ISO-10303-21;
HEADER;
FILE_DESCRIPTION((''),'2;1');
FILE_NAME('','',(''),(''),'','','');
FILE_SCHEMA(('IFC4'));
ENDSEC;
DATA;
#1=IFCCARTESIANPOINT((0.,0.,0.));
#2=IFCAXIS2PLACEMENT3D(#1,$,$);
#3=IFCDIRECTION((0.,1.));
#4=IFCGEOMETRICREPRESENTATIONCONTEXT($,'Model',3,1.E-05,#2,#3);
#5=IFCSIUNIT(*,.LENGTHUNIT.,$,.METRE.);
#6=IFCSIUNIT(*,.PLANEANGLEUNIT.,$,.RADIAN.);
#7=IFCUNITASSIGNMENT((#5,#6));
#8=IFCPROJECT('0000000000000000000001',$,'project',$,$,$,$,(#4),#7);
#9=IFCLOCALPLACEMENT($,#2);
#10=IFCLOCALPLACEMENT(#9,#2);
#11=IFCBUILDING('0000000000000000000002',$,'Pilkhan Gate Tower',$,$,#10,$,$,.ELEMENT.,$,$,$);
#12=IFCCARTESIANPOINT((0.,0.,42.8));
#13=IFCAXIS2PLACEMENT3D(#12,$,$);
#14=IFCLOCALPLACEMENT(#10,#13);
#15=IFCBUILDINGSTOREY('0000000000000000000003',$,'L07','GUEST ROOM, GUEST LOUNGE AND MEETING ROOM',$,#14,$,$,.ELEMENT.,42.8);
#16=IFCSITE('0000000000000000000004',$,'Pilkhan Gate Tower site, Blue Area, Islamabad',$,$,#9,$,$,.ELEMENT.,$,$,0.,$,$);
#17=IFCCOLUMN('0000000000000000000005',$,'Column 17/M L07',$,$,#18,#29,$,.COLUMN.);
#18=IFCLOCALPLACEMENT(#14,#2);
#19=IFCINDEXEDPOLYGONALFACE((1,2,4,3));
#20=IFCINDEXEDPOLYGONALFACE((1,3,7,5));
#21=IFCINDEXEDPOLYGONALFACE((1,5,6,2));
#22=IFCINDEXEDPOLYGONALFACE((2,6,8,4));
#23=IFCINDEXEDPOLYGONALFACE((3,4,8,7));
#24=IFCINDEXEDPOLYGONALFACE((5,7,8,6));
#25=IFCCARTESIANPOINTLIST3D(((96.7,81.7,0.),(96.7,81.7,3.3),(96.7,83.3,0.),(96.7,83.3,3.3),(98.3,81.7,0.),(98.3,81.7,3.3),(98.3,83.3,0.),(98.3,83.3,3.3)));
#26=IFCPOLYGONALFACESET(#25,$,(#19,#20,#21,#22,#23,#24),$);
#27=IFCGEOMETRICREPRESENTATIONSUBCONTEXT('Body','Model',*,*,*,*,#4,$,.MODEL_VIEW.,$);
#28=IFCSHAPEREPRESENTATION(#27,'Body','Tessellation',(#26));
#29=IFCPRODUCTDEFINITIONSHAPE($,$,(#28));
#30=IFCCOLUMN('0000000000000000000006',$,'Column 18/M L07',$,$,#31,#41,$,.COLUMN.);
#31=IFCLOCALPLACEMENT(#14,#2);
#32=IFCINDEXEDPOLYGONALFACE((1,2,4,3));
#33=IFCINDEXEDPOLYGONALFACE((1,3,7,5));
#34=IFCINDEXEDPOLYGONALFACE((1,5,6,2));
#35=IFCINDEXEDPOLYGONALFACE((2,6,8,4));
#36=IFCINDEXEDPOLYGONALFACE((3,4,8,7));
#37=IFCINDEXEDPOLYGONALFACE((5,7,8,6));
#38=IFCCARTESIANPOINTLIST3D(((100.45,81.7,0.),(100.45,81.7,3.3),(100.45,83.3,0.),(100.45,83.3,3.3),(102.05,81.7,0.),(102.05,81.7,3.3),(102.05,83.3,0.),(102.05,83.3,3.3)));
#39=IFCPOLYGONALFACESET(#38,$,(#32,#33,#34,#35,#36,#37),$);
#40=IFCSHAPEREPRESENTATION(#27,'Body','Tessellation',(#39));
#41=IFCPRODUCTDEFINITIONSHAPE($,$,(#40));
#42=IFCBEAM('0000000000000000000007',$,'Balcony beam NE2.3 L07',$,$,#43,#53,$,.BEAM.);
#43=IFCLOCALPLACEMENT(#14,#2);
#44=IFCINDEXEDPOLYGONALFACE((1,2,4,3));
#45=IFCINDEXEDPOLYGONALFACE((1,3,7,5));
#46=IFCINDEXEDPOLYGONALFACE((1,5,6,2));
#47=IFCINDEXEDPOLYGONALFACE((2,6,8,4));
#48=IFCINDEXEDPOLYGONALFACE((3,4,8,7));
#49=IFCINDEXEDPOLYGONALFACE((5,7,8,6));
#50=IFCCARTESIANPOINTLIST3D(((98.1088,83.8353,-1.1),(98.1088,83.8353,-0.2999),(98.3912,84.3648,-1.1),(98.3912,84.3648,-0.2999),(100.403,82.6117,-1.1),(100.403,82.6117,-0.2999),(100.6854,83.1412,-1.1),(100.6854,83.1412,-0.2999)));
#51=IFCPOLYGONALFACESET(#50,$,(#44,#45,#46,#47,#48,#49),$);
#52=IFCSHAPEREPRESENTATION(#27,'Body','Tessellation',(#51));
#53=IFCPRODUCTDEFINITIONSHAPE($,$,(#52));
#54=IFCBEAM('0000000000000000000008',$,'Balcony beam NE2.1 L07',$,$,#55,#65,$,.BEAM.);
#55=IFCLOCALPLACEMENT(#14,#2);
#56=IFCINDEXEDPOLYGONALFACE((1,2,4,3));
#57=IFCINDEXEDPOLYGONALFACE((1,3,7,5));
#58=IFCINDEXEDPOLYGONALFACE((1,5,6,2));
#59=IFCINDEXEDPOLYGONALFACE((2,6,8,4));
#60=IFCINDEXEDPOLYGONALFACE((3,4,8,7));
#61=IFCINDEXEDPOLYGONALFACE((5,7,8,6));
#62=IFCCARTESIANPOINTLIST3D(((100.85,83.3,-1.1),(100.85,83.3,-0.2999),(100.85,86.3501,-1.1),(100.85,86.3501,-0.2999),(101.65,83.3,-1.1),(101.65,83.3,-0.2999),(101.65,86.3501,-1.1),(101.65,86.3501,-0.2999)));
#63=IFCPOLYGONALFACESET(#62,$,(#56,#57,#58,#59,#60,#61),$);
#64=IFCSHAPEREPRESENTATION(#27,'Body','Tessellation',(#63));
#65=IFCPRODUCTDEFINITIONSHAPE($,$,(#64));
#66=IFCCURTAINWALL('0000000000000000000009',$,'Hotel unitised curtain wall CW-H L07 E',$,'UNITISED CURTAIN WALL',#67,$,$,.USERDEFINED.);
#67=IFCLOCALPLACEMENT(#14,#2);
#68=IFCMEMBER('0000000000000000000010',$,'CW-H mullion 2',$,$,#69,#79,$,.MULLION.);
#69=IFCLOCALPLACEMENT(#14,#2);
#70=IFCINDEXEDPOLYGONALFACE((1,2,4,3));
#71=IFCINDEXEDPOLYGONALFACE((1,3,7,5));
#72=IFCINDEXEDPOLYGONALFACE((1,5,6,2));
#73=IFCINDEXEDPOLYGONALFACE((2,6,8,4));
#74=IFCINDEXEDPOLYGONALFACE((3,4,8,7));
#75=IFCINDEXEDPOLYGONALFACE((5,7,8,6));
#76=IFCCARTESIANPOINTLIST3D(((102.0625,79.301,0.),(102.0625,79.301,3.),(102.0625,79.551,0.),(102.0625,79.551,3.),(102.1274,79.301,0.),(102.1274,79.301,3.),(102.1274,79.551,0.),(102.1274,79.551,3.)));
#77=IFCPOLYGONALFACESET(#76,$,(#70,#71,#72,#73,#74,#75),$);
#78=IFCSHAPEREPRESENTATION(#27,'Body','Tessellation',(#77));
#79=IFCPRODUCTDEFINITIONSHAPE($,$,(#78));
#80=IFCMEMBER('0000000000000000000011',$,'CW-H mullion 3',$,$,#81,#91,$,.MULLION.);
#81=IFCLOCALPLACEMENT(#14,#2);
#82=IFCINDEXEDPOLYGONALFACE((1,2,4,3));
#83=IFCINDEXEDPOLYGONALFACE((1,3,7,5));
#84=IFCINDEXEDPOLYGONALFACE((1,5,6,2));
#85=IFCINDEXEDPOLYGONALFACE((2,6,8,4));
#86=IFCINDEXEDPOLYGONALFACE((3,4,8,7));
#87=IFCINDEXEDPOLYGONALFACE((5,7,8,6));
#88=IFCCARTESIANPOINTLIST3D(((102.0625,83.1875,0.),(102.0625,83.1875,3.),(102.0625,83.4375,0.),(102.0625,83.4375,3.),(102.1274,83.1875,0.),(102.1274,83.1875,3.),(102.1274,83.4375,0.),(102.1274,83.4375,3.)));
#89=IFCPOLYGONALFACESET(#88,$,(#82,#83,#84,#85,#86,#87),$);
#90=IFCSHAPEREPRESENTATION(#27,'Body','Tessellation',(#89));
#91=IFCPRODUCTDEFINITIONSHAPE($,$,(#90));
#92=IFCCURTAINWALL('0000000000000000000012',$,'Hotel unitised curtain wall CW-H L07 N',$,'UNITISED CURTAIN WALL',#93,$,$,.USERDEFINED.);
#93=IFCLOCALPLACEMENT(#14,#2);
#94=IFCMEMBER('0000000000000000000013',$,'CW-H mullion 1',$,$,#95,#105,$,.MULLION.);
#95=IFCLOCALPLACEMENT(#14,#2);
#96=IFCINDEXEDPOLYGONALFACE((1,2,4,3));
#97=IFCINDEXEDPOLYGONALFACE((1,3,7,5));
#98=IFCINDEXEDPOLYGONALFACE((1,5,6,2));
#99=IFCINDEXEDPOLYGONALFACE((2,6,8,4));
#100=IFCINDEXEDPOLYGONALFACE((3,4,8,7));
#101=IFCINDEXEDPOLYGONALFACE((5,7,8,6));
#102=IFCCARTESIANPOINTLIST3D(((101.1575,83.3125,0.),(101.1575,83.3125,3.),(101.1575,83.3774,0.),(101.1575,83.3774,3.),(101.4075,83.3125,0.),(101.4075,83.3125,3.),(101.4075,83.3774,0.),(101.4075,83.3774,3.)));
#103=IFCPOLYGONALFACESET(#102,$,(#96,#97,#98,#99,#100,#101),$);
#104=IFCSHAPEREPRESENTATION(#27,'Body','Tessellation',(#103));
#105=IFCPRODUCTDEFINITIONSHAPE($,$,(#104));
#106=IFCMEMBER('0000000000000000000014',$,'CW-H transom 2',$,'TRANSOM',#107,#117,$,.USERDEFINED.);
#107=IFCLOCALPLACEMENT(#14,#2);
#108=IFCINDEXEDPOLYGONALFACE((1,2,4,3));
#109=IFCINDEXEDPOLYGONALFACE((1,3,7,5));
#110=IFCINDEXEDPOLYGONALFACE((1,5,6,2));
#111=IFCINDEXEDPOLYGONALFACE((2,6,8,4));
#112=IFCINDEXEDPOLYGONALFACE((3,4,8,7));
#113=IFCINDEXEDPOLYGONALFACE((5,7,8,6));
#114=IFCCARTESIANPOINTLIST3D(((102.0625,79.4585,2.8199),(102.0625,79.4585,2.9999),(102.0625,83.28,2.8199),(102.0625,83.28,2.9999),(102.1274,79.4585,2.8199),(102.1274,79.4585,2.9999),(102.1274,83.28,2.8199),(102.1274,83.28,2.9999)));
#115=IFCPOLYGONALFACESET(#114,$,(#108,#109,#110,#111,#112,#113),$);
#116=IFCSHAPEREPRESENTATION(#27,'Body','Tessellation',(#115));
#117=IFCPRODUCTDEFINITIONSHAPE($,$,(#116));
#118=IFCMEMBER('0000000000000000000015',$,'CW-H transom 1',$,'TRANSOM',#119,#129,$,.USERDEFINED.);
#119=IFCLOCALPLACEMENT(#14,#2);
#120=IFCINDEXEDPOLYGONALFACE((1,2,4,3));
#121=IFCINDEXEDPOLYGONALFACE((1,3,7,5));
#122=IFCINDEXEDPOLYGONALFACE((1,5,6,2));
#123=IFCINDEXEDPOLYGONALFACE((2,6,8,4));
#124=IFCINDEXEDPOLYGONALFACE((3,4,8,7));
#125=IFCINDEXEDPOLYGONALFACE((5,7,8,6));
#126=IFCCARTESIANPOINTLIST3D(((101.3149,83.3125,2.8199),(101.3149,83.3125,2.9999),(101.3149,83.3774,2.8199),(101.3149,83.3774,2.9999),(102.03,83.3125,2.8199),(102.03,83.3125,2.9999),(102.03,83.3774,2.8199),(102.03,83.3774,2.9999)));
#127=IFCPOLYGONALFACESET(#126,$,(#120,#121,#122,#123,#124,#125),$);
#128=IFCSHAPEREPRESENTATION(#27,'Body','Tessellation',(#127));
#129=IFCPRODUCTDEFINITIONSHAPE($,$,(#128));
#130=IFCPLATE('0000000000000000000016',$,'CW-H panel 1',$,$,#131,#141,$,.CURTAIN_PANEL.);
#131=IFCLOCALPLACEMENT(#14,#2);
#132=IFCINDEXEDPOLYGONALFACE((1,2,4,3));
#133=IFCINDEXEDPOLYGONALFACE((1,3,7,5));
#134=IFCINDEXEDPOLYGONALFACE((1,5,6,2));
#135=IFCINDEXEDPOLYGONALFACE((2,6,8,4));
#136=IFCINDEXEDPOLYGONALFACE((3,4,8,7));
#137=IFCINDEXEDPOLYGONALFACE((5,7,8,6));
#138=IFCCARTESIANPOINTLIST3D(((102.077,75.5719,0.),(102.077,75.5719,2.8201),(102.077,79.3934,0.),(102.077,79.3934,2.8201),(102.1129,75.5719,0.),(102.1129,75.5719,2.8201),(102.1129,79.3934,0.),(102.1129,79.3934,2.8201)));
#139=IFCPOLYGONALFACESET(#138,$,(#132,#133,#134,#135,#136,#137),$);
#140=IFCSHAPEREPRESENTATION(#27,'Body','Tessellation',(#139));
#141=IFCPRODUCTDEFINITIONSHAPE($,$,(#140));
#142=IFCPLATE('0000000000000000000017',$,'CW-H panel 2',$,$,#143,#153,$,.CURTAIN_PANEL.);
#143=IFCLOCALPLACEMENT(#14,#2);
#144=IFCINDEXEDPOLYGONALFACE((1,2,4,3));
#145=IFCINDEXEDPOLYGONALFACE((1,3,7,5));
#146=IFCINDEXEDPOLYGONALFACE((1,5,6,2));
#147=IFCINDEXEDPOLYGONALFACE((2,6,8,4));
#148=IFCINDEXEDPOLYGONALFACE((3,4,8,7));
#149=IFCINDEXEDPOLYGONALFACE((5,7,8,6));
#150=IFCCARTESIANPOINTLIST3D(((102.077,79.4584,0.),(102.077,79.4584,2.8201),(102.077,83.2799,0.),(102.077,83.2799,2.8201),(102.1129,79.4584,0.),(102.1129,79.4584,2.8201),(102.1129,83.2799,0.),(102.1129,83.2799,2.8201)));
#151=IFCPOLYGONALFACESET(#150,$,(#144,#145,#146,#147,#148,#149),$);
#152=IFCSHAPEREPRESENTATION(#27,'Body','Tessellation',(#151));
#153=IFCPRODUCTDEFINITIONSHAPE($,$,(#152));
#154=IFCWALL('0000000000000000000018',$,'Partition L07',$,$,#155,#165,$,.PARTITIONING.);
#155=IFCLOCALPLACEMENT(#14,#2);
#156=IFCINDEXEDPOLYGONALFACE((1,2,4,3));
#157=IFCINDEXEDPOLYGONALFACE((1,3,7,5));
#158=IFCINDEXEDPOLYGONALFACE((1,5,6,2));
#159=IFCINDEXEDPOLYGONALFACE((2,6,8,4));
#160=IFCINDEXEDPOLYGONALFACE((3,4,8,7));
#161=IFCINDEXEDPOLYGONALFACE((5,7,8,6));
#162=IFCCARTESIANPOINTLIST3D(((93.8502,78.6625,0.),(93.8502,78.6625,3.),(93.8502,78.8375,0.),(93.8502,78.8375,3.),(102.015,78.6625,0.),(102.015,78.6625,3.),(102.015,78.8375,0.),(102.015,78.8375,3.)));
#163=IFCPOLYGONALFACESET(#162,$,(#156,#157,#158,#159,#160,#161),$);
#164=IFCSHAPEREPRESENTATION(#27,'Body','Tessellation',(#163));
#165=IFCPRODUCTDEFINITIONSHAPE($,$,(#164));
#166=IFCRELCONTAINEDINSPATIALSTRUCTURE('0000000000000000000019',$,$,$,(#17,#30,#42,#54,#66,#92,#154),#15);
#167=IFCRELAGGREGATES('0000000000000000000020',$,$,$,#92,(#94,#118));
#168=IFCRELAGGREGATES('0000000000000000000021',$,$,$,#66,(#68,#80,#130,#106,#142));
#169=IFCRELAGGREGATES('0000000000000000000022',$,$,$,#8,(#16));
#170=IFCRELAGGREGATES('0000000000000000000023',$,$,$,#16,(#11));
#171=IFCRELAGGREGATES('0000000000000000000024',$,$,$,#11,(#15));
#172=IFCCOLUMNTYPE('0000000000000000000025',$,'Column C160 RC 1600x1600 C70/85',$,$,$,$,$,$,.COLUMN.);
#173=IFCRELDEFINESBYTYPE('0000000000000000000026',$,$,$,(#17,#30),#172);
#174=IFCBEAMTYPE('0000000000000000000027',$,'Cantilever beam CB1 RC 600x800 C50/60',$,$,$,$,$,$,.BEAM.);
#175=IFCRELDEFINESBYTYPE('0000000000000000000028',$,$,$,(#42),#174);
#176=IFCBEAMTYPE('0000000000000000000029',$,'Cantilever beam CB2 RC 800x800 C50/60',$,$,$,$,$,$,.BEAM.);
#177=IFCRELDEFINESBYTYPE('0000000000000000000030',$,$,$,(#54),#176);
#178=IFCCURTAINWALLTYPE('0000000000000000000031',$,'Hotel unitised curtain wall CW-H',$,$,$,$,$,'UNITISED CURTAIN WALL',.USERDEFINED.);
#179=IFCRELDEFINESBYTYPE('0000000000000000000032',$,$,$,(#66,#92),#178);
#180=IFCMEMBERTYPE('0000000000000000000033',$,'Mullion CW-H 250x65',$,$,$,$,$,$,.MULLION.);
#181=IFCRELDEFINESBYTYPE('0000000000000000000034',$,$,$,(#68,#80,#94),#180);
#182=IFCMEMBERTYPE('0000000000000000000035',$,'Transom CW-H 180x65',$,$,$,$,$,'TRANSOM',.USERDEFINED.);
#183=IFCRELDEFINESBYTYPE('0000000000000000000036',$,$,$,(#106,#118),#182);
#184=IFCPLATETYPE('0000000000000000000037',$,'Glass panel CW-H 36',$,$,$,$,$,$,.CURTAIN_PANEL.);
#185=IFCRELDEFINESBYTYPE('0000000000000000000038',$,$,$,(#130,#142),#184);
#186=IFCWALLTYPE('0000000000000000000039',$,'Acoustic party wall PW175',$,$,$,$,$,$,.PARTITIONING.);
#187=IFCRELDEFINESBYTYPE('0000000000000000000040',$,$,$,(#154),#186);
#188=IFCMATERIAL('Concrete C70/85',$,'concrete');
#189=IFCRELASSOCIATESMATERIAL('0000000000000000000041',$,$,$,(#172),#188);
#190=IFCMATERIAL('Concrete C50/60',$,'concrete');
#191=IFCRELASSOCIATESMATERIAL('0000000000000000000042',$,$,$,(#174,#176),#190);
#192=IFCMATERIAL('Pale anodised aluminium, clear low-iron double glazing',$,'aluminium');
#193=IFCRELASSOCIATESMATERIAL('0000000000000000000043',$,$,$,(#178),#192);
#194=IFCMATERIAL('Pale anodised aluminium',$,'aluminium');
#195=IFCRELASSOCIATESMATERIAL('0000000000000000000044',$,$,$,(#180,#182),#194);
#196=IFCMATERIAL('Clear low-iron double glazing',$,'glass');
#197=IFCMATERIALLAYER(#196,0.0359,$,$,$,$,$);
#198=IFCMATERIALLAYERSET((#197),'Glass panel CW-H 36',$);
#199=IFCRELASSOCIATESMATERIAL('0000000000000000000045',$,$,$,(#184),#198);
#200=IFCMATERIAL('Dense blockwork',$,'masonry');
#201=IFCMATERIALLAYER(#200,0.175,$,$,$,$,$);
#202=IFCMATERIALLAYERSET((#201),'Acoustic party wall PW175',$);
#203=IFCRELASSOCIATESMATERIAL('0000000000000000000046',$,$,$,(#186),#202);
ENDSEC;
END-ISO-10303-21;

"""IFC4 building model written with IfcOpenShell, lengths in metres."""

from ifc_helpers import new_model, si_unit, direction, frame, frame_2d, origin, origin_2d, place, context, subcontext, project, spatial, rectangle, extrude, material, layer, layer_set, material_profile, profile_set, type_object, element, aggregate, save


model = new_model("IFC4")

# Units and contexts
model_context = context("Model", 3, precision=1e-05, world=origin(), true_north=direction((0.0, 1.0)))
body_context = subcontext(model_context, "Body", "Model", "MODEL_VIEW")
ifc_project = project(units=[si_unit("LENGTHUNIT", "METRE"), si_unit("PLANEANGLEUNIT", "RADIAN")], contexts=[model_context])

# Site, building, storey
site_placement = place(None, origin())
site = spatial("IfcSite", under=ifc_project, at=site_placement, Name="Pilkhan Gate Tower site, Blue Area, Islamabad", CompositionType="ELEMENT", RefElevation=0.0)
building_placement = place(site_placement, origin())
building = spatial("IfcBuilding", under=site, at=building_placement, Name="Pilkhan Gate Tower", CompositionType="ELEMENT")
storey_placement = place(building_placement, frame((0.0, 0.0, 42.8)))
storey = spatial("IfcBuildingStorey", under=building, at=storey_placement, Name="L07", Description="GUEST ROOM, GUEST LOUNGE AND MEETING ROOM", CompositionType="ELEMENT", Elevation=42.8)

# Columns
ifc_material_1 = material(Name="Concrete C70/85", Category="concrete")
ifc_material_profile_1 = material_profile(ifc_material_1, rectangle(XDim=1.6001, YDim=1.6001, at=origin_2d()), Name="RC 1600x1600")
ifc_profile_set_1 = profile_set([ifc_material_profile_1], Name="Concrete C70/85")
column_type = type_object("IfcColumnType", Name="Column C160 RC 1600x1600 C70/85", PredefinedType="COLUMN", material=ifc_profile_set_1)
for number, where, z_axis, x_axis, name in (
    (1, (97.5, 82.5, 0.0), (0.0, 0.0, 1.0), (1.0, 0.0, 0.0), "Column 17/M L07"),
    (2, (101.25, 82.5, 0.0), (0.0, 0.0, 1.0), (1.0, 0.0, 0.0), "Column 18/M L07"),
):
    element("IfcColumn", number, at=place(storey_placement, frame(where, z_axis=z_axis, x_axis=x_axis)), inside=storey, type_object=column_type, Name=name, PredefinedType="COLUMN", context=body_context, shape_type="SweptSolid", body=[
        extrude(rectangle(XDim=1.6001, YDim=1.6001, at=origin_2d()), origin(), (0.0, 0.0, 1.0), 3.3),
    ])

# Beams
ifc_material_2 = material(Name="Concrete C50/60", Category="concrete")
ifc_material_profile_2 = material_profile(ifc_material_2, rectangle(XDim=0.6001, YDim=0.8, at=origin_2d()), Name="RC 600x800")
ifc_profile_set_2 = profile_set([ifc_material_profile_2], Name="Concrete C50/60")
beam_type_1 = type_object("IfcBeamType", Name="Cantilever beam CB1 RC 600x800 C50/60", PredefinedType="BEAM", material=ifc_profile_set_2)
beam_1_placement = place(storey_placement, frame((100.5442, 82.8765, -0.7), z_axis=(-0.882343, 0.470608, 0.0), x_axis=(-0.470608, -0.882343, 0.0)))
element("IfcBeam", 3, at=beam_1_placement, inside=storey, type_object=beam_type_1, Name="Balcony beam NE2.3 L07", PredefinedType="BEAM", context=body_context, shape_type="SweptSolid", body=[
    extrude(rectangle(XDim=0.6001, YDim=0.8, at=origin_2d()), origin(), (0.0, 0.0, 1.0), 2.6001),
])
ifc_material_profile_3 = material_profile(ifc_material_2, rectangle(XDim=0.8, YDim=0.8, at=origin_2d()), Name="RC 800x800")
ifc_profile_set_3 = profile_set([ifc_material_profile_3], Name="Concrete C50/60")
beam_type_2 = type_object("IfcBeamType", Name="Cantilever beam CB2 RC 800x800 C50/60", PredefinedType="BEAM", material=ifc_profile_set_3)
beam_2_placement = place(storey_placement, frame((101.25, 83.3, -0.7), z_axis=(0.0, 1.0, 0.0), x_axis=(-1.0, 0.0, 0.0)))
element("IfcBeam", 4, at=beam_2_placement, inside=storey, type_object=beam_type_2, Name="Balcony beam NE2.1 L07", PredefinedType="BEAM", context=body_context, shape_type="SweptSolid", body=[
    extrude(rectangle(XDim=0.8, YDim=0.8, at=origin_2d()), origin(), (0.0, 0.0, 1.0), 3.05),
])

# Curtain wall, members
ifc_material_3 = material(Name="Pale anodised aluminium, clear low-iron double glazing", Category="aluminium")
curtain_wall_type = type_object("IfcCurtainWallType", Name="Hotel unitised curtain wall CW-H", ElementType="UNITISED CURTAIN WALL", PredefinedType="USERDEFINED", material=ifc_material_3)
curtain_wall_1_placement = place(storey_placement, origin())
curtain_wall_1 = element("IfcCurtainWall", 5, at=curtain_wall_1_placement, inside=storey, type_object=curtain_wall_type, Name="Hotel unitised curtain wall CW-H L07 E", ObjectType="UNITISED CURTAIN WALL", PredefinedType="USERDEFINED")
ifc_material_4 = material(Name="Pale anodised aluminium", Category="aluminium")
ifc_material_profile_4 = material_profile(ifc_material_4, rectangle(XDim=0.0649, YDim=0.25, at=origin_2d()), Name="Mullion 250x65")
ifc_profile_set_4 = profile_set([ifc_material_profile_4], Name="Pale anodised aluminium")
member_type_1 = type_object("IfcMemberType", Name="Mullion CW-H 250x65", PredefinedType="MULLION", material=ifc_profile_set_4)
member_1_placement = place(storey_placement, frame((102.095, 79.426, 0.0), z_axis=(0.0, 0.0, 1.0), x_axis=(-1.0, 0.0, 0.0)))
member_1 = element("IfcMember", 6, at=member_1_placement, type_object=member_type_1, Name="CW-H mullion 2", PredefinedType="MULLION", context=body_context, shape_type="SweptSolid", body=[
    extrude(rectangle(XDim=0.0649, YDim=0.25, at=origin_2d()), origin(), (0.0, 0.0, 1.0), 3.0),
])
member_2_placement = place(storey_placement, frame((102.095, 83.3125, 0.0), z_axis=(0.0, 0.0, 1.0), x_axis=(-1.0, 0.0, 0.0)))
member_2 = element("IfcMember", 7, at=member_2_placement, type_object=member_type_1, Name="CW-H mullion 3", PredefinedType="MULLION", context=body_context, shape_type="SweptSolid", body=[
    extrude(rectangle(XDim=0.0649, YDim=0.25, at=origin_2d()), origin(), (0.0, 0.0, 1.0), 3.0),
])

# Curtain wall, member
curtain_wall_2_placement = place(storey_placement, origin())
curtain_wall_2 = element("IfcCurtainWall", 8, at=curtain_wall_2_placement, inside=storey, type_object=curtain_wall_type, Name="Hotel unitised curtain wall CW-H L07 N", ObjectType="UNITISED CURTAIN WALL", PredefinedType="USERDEFINED")
member_3_placement = place(storey_placement, frame((101.2825, 83.345, 0.0), z_axis=(0.0, 0.0, 1.0), x_axis=(0.0, 1.0, 0.0)))
member_3 = element("IfcMember", 9, at=member_3_placement, type_object=member_type_1, Name="CW-H mullion 1", PredefinedType="MULLION", context=body_context, shape_type="SweptSolid", body=[
    extrude(rectangle(XDim=0.0649, YDim=0.25, at=origin_2d()), origin(), (0.0, 0.0, 1.0), 3.0),
])

# Members
ifc_material_profile_5 = material_profile(ifc_material_4, rectangle(XDim=0.0649, YDim=0.1799, at=origin_2d()), Name="Transom 180x65")
ifc_profile_set_5 = profile_set([ifc_material_profile_5], Name="Pale anodised aluminium")
member_type_2 = type_object("IfcMemberType", Name="Transom CW-H 180x65", ElementType="TRANSOM", PredefinedType="USERDEFINED", material=ifc_profile_set_5)
member_4_placement = place(storey_placement, frame((102.095, 79.4585, 2.9099), z_axis=(0.0, 1.0, 0.0), x_axis=(-1.0, 0.0, 0.0)))
member_4 = element("IfcMember", 10, at=member_4_placement, type_object=member_type_2, Name="CW-H transom 2", ObjectType="TRANSOM", PredefinedType="USERDEFINED", context=body_context, shape_type="SweptSolid", body=[
    extrude(rectangle(XDim=0.0649, YDim=0.1799, at=origin_2d()), origin(), (0.0, 0.0, 1.0), 3.8215),
])
member_5_placement = place(storey_placement, frame((101.3149, 83.345, 2.9099), z_axis=(1.0, 0.0, 0.0), x_axis=(0.0, 1.0, 0.0)))
member_5 = element("IfcMember", 11, at=member_5_placement, type_object=member_type_2, Name="CW-H transom 1", ObjectType="TRANSOM", PredefinedType="USERDEFINED", context=body_context, shape_type="SweptSolid", body=[
    extrude(rectangle(XDim=0.0649, YDim=0.1799, at=origin_2d()), origin(), (0.0, 0.0, 1.0), 0.7151),
])
aggregate(curtain_wall_2, [member_3, member_5])

# Plates
ifc_material_5 = material(Name="Clear low-iron double glazing", Category="glass")
ifc_layer_1 = layer(ifc_material_5, 0.0359)
ifc_layer_set_1 = layer_set([ifc_layer_1], Name="Glass panel CW-H 36")
plate_type = type_object("IfcPlateType", Name="Glass panel CW-H 36", PredefinedType="CURTAIN_PANEL", material=ifc_layer_set_1)
plate_1_placement = place(storey_placement, frame((102.095, 77.4827, 0.0), z_axis=(0.0, 0.0, 1.0), x_axis=(0.0, 1.0, 0.0)))
plate_1 = element("IfcPlate", 12, at=plate_1_placement, type_object=plate_type, Name="CW-H panel 1", PredefinedType="CURTAIN_PANEL", context=body_context, shape_type="SweptSolid", body=[
    extrude(rectangle(XDim=3.8215, YDim=0.0359, at=origin_2d()), origin(), (0.0, 0.0, 1.0), 2.8201),
])
plate_2_placement = place(storey_placement, frame((102.095, 81.3691, 0.0), z_axis=(0.0, 0.0, 1.0), x_axis=(0.0, 1.0, 0.0)))
plate_2 = element("IfcPlate", 13, at=plate_2_placement, type_object=plate_type, Name="CW-H panel 2", PredefinedType="CURTAIN_PANEL", context=body_context, shape_type="SweptSolid", body=[
    extrude(rectangle(XDim=3.8215, YDim=0.0359, at=origin_2d()), origin(), (0.0, 0.0, 1.0), 2.8201),
])
aggregate(curtain_wall_1, [member_1, member_2, plate_1, member_4, plate_2])

# Wall
ifc_material_6 = material(Name="Dense blockwork", Category="masonry")
ifc_layer_2 = layer(ifc_material_6, 0.175)
ifc_layer_set_2 = layer_set([ifc_layer_2], Name="Acoustic party wall PW175")
wall_type_1 = type_object("IfcWallType", Name="Acoustic party wall PW175", PredefinedType="PARTITIONING", material=ifc_layer_set_2)
wall_1_placement = place(storey_placement, frame((93.8501, 78.75, 0.0), z_axis=(0.0, 0.0, 1.0), x_axis=(1.0, 0.0, 0.0)))
element("IfcWall", 14, at=wall_1_placement, inside=storey, type_object=wall_type_1, Name="Partition L07", PredefinedType="PARTITIONING", context=body_context, shape_type="SweptSolid", body=[
    extrude(rectangle(XDim=8.1648, YDim=0.175, at=frame_2d((4.0825, 0.0))), origin(), (0.0, 0.0, 1.0), 3.0),
])

save(model, "model.ifc")
